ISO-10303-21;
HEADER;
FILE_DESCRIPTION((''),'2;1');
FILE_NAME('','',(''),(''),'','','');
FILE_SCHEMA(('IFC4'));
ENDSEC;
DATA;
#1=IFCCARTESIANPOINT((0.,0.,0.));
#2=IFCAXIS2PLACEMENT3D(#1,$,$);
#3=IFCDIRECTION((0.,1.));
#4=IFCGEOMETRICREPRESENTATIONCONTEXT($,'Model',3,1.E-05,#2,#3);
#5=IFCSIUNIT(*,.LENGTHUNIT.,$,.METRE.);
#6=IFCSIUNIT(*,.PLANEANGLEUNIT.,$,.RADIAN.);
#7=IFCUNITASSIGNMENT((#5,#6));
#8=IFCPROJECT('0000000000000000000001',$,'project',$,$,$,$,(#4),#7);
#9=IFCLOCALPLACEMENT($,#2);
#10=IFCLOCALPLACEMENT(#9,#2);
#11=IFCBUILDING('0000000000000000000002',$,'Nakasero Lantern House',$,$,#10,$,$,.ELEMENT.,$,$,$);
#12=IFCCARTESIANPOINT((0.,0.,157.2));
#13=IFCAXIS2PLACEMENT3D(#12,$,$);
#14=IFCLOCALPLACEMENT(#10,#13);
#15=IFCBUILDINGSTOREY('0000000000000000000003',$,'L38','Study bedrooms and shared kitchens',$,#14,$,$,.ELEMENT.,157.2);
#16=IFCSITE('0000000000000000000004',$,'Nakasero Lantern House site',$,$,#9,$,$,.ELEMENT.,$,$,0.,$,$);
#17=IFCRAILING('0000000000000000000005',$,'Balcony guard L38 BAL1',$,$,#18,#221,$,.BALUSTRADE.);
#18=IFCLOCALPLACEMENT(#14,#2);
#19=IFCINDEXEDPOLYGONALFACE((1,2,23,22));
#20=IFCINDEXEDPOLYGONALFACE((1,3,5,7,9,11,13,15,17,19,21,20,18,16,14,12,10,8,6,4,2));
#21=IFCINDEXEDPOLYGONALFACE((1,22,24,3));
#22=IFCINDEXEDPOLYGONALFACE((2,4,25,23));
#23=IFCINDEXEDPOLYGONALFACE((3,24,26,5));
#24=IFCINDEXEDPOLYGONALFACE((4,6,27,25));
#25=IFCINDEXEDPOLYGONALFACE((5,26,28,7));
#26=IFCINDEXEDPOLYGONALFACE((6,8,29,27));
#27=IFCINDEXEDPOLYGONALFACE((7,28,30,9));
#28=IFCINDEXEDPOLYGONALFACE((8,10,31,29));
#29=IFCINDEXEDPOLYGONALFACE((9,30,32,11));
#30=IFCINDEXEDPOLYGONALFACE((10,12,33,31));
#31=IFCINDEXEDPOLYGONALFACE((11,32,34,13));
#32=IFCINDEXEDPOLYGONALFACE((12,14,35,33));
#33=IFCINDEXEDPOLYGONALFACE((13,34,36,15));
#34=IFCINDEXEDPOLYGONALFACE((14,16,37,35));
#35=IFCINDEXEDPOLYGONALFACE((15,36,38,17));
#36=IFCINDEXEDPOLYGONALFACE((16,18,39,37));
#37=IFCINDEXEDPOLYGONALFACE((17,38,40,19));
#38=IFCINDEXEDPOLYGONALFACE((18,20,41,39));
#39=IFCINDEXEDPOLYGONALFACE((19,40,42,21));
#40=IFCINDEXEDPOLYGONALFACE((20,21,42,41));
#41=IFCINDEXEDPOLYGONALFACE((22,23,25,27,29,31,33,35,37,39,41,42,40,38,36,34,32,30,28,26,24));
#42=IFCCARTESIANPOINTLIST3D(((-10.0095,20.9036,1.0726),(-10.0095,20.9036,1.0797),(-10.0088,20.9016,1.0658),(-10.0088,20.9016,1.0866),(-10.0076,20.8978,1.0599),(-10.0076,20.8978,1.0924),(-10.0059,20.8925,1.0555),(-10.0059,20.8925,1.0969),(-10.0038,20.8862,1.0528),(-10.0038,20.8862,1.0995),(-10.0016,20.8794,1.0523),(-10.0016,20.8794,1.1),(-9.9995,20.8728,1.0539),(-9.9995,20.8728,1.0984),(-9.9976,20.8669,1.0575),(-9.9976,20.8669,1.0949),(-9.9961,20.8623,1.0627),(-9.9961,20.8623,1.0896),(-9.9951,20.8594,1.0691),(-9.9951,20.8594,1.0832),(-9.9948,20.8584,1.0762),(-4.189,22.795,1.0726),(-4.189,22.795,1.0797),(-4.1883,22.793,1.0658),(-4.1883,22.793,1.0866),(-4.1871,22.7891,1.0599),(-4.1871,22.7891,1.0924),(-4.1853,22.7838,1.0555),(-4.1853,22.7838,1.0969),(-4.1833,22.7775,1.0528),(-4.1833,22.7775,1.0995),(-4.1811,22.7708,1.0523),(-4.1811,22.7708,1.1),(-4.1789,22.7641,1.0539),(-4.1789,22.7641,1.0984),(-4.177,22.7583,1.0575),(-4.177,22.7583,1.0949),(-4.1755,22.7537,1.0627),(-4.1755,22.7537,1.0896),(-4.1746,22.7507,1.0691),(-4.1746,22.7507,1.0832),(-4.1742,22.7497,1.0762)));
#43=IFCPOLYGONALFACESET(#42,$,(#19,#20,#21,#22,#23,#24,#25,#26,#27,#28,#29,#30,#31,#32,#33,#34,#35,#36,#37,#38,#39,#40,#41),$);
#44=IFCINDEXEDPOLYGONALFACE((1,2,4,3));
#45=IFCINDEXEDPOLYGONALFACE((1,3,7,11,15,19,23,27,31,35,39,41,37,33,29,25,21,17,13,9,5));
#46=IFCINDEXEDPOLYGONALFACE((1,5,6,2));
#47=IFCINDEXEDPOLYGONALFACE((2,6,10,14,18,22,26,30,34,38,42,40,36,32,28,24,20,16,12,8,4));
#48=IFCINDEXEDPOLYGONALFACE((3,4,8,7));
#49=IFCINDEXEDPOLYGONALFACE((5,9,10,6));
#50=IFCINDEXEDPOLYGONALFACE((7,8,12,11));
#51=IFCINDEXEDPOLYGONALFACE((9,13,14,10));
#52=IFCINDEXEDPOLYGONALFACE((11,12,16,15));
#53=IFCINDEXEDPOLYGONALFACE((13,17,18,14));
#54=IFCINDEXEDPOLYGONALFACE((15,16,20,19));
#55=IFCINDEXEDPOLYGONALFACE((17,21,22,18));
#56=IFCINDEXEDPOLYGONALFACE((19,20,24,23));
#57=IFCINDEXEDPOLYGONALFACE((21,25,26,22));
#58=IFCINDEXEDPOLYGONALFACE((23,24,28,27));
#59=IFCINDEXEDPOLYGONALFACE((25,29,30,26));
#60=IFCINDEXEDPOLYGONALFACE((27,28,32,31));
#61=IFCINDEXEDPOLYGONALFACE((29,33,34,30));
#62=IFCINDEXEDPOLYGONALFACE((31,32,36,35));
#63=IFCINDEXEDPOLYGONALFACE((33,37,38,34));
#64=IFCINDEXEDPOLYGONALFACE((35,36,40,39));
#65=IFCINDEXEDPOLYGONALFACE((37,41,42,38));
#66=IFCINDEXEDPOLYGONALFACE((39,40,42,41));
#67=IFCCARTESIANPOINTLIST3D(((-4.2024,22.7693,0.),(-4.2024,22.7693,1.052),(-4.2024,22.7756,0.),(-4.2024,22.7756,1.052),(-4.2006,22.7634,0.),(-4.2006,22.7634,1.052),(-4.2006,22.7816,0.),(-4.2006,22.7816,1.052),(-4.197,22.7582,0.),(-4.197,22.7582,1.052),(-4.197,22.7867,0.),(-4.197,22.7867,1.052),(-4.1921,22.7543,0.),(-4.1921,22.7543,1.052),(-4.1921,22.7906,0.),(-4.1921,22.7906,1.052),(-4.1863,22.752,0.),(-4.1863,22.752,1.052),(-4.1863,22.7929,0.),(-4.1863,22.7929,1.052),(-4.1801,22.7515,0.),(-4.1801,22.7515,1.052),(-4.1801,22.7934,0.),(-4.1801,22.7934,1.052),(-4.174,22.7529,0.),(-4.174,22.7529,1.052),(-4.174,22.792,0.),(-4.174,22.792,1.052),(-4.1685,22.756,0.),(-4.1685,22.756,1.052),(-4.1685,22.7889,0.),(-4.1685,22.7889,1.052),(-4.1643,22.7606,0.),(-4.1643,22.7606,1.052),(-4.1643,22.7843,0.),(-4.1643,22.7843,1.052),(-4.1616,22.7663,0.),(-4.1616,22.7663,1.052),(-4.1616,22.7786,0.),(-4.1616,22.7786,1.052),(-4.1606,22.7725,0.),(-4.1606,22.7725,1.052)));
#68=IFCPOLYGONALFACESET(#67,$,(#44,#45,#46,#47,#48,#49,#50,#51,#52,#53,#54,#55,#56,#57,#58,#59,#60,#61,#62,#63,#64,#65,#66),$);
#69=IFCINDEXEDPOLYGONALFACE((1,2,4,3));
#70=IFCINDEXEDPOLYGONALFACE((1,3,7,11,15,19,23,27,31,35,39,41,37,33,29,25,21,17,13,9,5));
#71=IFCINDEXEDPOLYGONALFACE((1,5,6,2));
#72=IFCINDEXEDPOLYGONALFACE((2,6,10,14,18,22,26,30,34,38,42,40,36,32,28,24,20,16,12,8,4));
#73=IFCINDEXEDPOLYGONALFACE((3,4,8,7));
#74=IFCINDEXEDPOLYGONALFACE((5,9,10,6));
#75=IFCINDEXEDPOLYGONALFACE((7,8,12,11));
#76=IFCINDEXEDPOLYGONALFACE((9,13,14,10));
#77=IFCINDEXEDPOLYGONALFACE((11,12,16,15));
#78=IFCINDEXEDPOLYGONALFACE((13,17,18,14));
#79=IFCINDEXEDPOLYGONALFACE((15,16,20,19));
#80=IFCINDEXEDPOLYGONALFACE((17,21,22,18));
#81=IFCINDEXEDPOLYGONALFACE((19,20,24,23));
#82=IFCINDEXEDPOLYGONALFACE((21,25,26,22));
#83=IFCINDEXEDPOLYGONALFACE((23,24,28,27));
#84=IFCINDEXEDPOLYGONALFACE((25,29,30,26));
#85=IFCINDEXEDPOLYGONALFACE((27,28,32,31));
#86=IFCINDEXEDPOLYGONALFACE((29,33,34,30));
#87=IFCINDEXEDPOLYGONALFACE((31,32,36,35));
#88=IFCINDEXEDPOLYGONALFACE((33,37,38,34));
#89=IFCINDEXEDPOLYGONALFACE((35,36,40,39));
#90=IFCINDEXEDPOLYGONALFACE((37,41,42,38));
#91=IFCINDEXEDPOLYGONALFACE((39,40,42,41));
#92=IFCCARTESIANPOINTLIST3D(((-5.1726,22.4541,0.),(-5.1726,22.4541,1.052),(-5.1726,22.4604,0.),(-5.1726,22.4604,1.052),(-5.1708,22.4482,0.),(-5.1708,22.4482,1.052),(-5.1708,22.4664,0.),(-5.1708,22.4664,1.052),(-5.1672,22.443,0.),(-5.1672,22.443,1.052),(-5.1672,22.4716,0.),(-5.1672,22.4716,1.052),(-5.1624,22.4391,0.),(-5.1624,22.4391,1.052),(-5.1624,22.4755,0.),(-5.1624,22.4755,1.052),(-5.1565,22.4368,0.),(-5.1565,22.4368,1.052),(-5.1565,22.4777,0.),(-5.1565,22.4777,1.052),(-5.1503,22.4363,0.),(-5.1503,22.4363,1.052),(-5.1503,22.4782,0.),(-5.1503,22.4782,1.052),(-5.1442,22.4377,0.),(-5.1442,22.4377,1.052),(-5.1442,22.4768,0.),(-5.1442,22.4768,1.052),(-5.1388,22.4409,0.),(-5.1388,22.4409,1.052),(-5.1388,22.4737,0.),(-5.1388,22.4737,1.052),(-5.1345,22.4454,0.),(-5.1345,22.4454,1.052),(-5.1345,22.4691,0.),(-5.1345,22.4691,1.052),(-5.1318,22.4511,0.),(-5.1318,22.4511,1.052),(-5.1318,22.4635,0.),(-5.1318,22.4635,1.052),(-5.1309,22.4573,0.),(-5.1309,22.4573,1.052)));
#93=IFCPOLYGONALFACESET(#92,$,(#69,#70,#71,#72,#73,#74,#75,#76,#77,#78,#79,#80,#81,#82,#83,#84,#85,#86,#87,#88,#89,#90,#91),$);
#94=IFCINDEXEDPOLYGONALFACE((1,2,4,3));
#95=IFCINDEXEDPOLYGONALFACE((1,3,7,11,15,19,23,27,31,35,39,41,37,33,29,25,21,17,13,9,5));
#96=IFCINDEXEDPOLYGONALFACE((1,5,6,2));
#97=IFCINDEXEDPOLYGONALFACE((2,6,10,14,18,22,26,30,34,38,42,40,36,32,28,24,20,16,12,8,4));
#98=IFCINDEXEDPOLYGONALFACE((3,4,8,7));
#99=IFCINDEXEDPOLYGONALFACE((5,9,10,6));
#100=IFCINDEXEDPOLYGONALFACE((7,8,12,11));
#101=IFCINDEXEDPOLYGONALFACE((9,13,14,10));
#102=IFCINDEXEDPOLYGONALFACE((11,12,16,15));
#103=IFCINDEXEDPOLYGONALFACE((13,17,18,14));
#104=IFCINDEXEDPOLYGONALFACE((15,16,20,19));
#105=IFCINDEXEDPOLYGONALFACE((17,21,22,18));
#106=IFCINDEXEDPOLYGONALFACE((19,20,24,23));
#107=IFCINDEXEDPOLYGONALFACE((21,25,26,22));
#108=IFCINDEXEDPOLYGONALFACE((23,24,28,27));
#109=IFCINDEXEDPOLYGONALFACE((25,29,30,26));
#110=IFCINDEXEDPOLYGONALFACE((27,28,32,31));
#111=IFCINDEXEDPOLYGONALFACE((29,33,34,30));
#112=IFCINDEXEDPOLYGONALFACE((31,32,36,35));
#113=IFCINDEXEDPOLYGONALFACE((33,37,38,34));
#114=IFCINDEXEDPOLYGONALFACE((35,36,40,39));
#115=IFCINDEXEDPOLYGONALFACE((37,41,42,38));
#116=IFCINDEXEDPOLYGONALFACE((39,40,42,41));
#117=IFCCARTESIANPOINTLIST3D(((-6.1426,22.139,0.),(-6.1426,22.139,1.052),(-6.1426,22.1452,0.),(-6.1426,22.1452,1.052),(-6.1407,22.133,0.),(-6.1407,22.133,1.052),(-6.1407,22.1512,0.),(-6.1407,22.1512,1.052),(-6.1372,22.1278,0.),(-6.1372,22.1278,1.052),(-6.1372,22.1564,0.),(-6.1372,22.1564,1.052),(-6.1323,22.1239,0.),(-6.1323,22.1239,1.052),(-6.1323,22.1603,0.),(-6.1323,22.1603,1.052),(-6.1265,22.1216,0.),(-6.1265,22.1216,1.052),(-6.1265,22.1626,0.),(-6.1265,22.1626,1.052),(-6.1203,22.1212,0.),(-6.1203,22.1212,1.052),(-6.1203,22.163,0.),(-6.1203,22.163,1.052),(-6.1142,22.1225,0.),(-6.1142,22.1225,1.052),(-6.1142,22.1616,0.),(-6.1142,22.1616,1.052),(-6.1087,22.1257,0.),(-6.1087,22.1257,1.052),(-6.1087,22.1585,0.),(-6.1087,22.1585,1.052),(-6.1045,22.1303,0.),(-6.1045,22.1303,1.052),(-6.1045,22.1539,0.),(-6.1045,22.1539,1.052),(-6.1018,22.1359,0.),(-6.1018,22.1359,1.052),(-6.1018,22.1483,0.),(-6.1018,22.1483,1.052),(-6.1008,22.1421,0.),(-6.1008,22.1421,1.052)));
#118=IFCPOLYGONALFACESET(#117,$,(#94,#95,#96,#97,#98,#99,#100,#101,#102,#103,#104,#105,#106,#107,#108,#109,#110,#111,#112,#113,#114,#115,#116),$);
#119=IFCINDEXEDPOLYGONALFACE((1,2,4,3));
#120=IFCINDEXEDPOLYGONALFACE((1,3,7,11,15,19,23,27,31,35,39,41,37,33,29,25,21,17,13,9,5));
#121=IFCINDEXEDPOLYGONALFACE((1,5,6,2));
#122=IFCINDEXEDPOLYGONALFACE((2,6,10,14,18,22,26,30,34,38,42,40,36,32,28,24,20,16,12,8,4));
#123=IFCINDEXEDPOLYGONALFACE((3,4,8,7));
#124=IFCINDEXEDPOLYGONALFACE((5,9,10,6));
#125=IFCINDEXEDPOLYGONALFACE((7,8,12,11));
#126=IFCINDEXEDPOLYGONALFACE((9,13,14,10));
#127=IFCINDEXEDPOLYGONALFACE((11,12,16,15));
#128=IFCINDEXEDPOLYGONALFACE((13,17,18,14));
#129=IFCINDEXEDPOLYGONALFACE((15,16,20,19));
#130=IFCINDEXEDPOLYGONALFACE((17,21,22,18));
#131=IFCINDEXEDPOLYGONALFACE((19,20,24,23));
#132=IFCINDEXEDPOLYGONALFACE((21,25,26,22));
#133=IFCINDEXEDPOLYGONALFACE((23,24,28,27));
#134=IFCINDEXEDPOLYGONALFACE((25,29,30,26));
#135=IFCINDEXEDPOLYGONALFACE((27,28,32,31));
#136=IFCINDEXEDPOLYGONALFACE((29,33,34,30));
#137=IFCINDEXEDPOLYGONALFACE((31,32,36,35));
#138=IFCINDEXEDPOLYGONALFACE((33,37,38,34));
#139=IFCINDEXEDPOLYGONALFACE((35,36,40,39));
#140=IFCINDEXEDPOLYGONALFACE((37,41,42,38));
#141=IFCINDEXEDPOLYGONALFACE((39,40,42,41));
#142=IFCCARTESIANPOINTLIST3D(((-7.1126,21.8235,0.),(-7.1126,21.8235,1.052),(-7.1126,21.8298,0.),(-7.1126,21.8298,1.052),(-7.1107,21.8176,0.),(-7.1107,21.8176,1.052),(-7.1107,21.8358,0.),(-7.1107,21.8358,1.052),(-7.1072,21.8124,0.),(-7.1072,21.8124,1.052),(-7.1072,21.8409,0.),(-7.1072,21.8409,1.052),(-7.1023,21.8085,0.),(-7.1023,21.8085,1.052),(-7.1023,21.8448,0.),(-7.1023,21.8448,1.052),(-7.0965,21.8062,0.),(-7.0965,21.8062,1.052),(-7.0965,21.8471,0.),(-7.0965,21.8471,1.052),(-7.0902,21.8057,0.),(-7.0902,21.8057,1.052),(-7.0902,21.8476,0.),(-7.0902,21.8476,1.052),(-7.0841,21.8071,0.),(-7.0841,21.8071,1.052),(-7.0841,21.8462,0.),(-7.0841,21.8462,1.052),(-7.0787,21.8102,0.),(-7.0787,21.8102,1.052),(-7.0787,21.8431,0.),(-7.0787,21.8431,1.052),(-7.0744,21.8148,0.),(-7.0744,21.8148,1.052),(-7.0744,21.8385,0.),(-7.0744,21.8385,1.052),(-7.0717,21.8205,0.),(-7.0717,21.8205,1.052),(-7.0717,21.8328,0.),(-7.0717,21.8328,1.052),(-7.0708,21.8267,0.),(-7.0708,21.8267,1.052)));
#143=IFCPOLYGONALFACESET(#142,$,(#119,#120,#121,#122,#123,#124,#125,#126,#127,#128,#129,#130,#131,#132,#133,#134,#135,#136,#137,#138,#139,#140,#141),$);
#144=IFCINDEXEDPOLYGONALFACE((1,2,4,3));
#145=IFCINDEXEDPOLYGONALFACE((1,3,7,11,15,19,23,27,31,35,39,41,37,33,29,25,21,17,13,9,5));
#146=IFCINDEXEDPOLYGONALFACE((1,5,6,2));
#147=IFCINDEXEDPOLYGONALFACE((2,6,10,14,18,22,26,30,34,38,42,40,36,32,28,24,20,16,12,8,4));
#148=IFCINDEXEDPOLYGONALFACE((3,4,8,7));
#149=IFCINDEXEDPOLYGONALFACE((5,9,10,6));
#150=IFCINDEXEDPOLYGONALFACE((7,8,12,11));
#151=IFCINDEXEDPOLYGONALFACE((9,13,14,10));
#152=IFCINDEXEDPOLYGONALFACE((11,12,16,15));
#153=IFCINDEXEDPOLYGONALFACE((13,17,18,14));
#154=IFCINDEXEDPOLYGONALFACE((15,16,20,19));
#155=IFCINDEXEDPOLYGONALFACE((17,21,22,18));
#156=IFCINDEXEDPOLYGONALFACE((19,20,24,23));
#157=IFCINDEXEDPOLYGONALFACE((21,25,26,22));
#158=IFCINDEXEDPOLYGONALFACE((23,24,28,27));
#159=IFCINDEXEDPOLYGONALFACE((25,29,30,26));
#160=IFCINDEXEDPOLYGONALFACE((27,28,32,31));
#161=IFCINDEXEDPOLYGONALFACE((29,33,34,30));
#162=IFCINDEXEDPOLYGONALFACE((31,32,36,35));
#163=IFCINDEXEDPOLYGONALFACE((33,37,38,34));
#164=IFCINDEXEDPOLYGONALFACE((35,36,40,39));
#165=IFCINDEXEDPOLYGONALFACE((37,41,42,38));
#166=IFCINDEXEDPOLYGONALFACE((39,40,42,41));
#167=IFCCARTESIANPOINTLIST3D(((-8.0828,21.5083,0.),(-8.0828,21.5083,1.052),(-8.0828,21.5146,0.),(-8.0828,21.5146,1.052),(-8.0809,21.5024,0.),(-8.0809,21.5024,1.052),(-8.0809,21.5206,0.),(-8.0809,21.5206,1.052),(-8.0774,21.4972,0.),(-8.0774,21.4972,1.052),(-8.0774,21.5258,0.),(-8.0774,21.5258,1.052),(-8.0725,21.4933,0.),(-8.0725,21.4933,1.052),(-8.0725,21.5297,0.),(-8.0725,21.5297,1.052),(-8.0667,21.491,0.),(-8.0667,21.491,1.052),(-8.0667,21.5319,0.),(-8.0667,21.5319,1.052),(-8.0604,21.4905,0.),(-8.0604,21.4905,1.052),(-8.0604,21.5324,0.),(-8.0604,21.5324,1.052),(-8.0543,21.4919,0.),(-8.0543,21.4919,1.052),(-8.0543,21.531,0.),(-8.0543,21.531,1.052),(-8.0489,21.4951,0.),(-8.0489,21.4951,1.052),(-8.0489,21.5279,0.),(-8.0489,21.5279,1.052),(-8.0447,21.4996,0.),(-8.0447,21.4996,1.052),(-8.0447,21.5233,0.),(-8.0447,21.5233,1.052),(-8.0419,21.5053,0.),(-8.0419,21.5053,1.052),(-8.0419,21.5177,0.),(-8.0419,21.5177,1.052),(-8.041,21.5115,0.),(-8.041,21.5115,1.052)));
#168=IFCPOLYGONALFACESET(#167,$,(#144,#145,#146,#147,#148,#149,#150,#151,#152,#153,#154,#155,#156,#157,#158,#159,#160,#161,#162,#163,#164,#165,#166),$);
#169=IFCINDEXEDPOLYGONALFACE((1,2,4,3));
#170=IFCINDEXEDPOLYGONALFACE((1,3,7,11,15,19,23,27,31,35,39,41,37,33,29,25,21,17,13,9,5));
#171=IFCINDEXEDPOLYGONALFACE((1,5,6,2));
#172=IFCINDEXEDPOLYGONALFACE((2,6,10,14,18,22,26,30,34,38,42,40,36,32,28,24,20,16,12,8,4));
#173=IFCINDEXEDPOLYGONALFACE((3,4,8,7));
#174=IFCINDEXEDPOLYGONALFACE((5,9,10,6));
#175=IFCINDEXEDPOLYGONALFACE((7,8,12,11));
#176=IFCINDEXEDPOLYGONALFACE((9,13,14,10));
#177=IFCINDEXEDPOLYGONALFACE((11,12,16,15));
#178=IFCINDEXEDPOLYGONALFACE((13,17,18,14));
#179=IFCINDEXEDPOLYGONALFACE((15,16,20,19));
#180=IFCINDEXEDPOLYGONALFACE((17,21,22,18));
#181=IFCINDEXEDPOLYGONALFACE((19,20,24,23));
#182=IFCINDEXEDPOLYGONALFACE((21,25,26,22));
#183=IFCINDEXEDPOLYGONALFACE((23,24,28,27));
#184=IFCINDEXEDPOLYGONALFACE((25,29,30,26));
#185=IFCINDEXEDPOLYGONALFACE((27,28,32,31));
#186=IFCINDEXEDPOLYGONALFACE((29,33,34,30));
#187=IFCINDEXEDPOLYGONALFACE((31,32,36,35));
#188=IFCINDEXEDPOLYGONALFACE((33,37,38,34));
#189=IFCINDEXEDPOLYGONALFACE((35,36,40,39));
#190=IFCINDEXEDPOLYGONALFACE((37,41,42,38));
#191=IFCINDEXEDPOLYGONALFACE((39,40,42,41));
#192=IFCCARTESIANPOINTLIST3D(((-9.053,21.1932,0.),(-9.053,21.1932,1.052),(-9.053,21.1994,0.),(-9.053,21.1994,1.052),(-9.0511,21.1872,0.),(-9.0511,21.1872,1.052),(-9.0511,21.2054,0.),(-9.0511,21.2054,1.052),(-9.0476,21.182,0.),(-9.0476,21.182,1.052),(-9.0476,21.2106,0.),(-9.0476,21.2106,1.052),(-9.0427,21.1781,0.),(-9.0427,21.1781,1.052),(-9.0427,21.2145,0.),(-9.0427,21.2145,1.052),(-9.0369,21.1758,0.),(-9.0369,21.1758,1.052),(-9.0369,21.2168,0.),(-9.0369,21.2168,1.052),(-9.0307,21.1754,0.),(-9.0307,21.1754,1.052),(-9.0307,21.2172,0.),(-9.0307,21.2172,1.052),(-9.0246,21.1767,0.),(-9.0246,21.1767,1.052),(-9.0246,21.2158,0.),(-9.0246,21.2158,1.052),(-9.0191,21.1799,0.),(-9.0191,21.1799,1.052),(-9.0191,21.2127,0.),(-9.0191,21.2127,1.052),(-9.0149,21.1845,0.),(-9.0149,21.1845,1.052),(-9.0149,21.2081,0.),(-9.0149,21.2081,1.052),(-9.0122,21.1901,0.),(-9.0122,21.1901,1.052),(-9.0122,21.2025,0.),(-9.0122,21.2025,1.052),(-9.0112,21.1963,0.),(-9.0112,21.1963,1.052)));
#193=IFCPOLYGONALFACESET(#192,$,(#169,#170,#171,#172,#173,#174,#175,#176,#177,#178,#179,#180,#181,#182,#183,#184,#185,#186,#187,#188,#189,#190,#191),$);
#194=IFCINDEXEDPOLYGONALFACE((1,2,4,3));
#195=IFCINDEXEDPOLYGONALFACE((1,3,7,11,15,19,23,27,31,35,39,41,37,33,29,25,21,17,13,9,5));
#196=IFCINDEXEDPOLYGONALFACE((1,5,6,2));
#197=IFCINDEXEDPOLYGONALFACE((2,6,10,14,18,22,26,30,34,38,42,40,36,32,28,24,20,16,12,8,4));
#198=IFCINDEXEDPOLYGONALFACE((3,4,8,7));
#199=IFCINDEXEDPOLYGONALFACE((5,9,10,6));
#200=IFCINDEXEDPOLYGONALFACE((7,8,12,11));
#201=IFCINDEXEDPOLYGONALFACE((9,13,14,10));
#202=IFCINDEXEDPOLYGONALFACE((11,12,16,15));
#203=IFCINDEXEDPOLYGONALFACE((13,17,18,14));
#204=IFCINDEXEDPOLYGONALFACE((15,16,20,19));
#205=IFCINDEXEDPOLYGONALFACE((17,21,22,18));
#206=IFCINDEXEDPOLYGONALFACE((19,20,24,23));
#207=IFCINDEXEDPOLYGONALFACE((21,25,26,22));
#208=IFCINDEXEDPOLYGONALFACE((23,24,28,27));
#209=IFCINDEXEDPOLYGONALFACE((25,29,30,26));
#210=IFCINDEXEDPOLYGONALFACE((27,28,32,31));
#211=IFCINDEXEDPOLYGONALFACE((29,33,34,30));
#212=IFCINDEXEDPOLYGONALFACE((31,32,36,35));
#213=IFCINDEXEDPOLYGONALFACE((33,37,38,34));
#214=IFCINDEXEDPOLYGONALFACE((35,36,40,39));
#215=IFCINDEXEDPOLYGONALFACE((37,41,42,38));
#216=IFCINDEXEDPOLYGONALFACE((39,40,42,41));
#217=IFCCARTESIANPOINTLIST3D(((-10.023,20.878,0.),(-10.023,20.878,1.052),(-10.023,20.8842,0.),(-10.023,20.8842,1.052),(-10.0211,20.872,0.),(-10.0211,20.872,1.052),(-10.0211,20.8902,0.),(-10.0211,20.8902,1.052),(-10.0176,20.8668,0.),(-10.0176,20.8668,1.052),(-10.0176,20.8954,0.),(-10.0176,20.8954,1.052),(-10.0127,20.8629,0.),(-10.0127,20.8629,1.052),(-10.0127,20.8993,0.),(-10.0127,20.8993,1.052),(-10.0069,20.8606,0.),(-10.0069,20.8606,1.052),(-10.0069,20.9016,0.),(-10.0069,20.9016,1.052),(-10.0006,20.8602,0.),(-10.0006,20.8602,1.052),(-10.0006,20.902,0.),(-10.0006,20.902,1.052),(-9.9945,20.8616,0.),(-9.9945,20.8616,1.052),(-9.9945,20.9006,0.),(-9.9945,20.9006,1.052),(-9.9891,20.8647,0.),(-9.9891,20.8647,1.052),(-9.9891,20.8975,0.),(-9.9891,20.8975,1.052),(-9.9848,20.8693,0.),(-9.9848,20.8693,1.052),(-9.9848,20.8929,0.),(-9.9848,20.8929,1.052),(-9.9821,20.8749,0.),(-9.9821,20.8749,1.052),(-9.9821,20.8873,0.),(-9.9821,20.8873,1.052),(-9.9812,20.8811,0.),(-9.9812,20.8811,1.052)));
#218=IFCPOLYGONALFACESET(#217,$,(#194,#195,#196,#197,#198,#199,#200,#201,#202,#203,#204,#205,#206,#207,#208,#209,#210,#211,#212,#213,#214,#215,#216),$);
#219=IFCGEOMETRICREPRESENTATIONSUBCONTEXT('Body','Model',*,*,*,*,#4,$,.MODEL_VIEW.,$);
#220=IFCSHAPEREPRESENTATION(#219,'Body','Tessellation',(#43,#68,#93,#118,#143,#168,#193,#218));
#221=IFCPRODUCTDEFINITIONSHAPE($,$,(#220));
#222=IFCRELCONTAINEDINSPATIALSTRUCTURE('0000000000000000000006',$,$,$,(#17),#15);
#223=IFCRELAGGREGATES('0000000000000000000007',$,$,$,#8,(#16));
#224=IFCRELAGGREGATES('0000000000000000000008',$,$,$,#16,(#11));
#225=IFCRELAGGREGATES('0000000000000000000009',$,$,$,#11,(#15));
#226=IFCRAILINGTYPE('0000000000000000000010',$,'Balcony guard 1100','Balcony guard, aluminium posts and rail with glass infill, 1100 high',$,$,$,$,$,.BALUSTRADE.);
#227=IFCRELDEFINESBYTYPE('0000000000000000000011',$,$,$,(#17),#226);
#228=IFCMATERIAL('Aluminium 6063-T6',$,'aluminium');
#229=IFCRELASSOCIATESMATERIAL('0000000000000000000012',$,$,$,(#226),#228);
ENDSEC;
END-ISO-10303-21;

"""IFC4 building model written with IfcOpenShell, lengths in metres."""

from ifc_helpers import new_model, si_unit, direction, frame, origin, origin_2d, place, context, subcontext, project, spatial, circle, extrude, material, type_object, element, save


model = new_model("IFC4")

# Units and contexts
model_context = context("Model", 3, precision=1e-05, world=origin(), true_north=direction((0.0, 1.0)))
body_context = subcontext(model_context, "Body", "Model", "MODEL_VIEW")
ifc_project = project(units=[si_unit("LENGTHUNIT", "METRE"), si_unit("PLANEANGLEUNIT", "RADIAN")], contexts=[model_context])

# Site, building, storey
site_placement = place(None, origin())
site = spatial("IfcSite", under=ifc_project, at=site_placement, Name="Nakasero Lantern House site", CompositionType="ELEMENT", RefElevation=0.0)
building_placement = place(site_placement, origin())
building = spatial("IfcBuilding", under=site, at=building_placement, Name="Nakasero Lantern House", CompositionType="ELEMENT")
storey_placement = place(building_placement, frame((0.0, 0.0, 157.2)))
storey = spatial("IfcBuildingStorey", under=building, at=storey_placement, Name="L38", Description="Study bedrooms and shared kitchens", CompositionType="ELEMENT", Elevation=157.2)

# Railing
ifc_material_1 = material(Name="Aluminium 6063-T6", Category="aluminium")
railing_type = type_object("IfcRailingType", Name="Balcony guard 1100", Description="Balcony guard, aluminium posts and rail with glass infill, 1100 high", PredefinedType="BALUSTRADE", material=ifc_material_1)
railing_placement = place(storey_placement, frame((-4.1816, 22.7725, 0.0)))
element("IfcRailing", 1, at=railing_placement, inside=storey, type_object=railing_type, Name="Balcony guard L38 BAL1", PredefinedType="BALUSTRADE", context=body_context, shape_type="SweptSolid", body=[
    extrude(circle(Radius=0.0239, at=origin_2d()), frame((0.0, 0.0, 1.0762), z_axis=(-0.95105, -0.309038, 0.0), x_axis=(0.309038, -0.95105, 0.0)), (0.0, 0.0, 1.0), 6.1201),
    extrude(circle(Radius=0.021, at=origin_2d()), origin(), (0.0, 0.0, 1.0), 1.052),
    extrude(circle(Radius=0.021, at=origin_2d()), frame((-0.9702, -0.3152, 0.0)), (0.0, 0.0, 1.0), 1.052),
    extrude(circle(Radius=0.021, at=origin_2d()), frame((-1.9402, -0.6304, 0.0)), (0.0, 0.0, 1.0), 1.052),
    extrude(circle(Radius=0.021, at=origin_2d()), frame((-2.9102, -0.9458, 0.0)), (0.0, 0.0, 1.0), 1.052),
    extrude(circle(Radius=0.021, at=origin_2d()), frame((-3.8804, -1.261, 0.0)), (0.0, 0.0, 1.0), 1.052),
    extrude(circle(Radius=0.021, at=origin_2d()), frame((-4.8506, -1.5762, 0.0)), (0.0, 0.0, 1.0), 1.052),
    extrude(circle(Radius=0.021, at=origin_2d()), frame((-5.8206, -1.8914, 0.0)), (0.0, 0.0, 1.0), 1.052),
])

save(model, "model.ifc")
